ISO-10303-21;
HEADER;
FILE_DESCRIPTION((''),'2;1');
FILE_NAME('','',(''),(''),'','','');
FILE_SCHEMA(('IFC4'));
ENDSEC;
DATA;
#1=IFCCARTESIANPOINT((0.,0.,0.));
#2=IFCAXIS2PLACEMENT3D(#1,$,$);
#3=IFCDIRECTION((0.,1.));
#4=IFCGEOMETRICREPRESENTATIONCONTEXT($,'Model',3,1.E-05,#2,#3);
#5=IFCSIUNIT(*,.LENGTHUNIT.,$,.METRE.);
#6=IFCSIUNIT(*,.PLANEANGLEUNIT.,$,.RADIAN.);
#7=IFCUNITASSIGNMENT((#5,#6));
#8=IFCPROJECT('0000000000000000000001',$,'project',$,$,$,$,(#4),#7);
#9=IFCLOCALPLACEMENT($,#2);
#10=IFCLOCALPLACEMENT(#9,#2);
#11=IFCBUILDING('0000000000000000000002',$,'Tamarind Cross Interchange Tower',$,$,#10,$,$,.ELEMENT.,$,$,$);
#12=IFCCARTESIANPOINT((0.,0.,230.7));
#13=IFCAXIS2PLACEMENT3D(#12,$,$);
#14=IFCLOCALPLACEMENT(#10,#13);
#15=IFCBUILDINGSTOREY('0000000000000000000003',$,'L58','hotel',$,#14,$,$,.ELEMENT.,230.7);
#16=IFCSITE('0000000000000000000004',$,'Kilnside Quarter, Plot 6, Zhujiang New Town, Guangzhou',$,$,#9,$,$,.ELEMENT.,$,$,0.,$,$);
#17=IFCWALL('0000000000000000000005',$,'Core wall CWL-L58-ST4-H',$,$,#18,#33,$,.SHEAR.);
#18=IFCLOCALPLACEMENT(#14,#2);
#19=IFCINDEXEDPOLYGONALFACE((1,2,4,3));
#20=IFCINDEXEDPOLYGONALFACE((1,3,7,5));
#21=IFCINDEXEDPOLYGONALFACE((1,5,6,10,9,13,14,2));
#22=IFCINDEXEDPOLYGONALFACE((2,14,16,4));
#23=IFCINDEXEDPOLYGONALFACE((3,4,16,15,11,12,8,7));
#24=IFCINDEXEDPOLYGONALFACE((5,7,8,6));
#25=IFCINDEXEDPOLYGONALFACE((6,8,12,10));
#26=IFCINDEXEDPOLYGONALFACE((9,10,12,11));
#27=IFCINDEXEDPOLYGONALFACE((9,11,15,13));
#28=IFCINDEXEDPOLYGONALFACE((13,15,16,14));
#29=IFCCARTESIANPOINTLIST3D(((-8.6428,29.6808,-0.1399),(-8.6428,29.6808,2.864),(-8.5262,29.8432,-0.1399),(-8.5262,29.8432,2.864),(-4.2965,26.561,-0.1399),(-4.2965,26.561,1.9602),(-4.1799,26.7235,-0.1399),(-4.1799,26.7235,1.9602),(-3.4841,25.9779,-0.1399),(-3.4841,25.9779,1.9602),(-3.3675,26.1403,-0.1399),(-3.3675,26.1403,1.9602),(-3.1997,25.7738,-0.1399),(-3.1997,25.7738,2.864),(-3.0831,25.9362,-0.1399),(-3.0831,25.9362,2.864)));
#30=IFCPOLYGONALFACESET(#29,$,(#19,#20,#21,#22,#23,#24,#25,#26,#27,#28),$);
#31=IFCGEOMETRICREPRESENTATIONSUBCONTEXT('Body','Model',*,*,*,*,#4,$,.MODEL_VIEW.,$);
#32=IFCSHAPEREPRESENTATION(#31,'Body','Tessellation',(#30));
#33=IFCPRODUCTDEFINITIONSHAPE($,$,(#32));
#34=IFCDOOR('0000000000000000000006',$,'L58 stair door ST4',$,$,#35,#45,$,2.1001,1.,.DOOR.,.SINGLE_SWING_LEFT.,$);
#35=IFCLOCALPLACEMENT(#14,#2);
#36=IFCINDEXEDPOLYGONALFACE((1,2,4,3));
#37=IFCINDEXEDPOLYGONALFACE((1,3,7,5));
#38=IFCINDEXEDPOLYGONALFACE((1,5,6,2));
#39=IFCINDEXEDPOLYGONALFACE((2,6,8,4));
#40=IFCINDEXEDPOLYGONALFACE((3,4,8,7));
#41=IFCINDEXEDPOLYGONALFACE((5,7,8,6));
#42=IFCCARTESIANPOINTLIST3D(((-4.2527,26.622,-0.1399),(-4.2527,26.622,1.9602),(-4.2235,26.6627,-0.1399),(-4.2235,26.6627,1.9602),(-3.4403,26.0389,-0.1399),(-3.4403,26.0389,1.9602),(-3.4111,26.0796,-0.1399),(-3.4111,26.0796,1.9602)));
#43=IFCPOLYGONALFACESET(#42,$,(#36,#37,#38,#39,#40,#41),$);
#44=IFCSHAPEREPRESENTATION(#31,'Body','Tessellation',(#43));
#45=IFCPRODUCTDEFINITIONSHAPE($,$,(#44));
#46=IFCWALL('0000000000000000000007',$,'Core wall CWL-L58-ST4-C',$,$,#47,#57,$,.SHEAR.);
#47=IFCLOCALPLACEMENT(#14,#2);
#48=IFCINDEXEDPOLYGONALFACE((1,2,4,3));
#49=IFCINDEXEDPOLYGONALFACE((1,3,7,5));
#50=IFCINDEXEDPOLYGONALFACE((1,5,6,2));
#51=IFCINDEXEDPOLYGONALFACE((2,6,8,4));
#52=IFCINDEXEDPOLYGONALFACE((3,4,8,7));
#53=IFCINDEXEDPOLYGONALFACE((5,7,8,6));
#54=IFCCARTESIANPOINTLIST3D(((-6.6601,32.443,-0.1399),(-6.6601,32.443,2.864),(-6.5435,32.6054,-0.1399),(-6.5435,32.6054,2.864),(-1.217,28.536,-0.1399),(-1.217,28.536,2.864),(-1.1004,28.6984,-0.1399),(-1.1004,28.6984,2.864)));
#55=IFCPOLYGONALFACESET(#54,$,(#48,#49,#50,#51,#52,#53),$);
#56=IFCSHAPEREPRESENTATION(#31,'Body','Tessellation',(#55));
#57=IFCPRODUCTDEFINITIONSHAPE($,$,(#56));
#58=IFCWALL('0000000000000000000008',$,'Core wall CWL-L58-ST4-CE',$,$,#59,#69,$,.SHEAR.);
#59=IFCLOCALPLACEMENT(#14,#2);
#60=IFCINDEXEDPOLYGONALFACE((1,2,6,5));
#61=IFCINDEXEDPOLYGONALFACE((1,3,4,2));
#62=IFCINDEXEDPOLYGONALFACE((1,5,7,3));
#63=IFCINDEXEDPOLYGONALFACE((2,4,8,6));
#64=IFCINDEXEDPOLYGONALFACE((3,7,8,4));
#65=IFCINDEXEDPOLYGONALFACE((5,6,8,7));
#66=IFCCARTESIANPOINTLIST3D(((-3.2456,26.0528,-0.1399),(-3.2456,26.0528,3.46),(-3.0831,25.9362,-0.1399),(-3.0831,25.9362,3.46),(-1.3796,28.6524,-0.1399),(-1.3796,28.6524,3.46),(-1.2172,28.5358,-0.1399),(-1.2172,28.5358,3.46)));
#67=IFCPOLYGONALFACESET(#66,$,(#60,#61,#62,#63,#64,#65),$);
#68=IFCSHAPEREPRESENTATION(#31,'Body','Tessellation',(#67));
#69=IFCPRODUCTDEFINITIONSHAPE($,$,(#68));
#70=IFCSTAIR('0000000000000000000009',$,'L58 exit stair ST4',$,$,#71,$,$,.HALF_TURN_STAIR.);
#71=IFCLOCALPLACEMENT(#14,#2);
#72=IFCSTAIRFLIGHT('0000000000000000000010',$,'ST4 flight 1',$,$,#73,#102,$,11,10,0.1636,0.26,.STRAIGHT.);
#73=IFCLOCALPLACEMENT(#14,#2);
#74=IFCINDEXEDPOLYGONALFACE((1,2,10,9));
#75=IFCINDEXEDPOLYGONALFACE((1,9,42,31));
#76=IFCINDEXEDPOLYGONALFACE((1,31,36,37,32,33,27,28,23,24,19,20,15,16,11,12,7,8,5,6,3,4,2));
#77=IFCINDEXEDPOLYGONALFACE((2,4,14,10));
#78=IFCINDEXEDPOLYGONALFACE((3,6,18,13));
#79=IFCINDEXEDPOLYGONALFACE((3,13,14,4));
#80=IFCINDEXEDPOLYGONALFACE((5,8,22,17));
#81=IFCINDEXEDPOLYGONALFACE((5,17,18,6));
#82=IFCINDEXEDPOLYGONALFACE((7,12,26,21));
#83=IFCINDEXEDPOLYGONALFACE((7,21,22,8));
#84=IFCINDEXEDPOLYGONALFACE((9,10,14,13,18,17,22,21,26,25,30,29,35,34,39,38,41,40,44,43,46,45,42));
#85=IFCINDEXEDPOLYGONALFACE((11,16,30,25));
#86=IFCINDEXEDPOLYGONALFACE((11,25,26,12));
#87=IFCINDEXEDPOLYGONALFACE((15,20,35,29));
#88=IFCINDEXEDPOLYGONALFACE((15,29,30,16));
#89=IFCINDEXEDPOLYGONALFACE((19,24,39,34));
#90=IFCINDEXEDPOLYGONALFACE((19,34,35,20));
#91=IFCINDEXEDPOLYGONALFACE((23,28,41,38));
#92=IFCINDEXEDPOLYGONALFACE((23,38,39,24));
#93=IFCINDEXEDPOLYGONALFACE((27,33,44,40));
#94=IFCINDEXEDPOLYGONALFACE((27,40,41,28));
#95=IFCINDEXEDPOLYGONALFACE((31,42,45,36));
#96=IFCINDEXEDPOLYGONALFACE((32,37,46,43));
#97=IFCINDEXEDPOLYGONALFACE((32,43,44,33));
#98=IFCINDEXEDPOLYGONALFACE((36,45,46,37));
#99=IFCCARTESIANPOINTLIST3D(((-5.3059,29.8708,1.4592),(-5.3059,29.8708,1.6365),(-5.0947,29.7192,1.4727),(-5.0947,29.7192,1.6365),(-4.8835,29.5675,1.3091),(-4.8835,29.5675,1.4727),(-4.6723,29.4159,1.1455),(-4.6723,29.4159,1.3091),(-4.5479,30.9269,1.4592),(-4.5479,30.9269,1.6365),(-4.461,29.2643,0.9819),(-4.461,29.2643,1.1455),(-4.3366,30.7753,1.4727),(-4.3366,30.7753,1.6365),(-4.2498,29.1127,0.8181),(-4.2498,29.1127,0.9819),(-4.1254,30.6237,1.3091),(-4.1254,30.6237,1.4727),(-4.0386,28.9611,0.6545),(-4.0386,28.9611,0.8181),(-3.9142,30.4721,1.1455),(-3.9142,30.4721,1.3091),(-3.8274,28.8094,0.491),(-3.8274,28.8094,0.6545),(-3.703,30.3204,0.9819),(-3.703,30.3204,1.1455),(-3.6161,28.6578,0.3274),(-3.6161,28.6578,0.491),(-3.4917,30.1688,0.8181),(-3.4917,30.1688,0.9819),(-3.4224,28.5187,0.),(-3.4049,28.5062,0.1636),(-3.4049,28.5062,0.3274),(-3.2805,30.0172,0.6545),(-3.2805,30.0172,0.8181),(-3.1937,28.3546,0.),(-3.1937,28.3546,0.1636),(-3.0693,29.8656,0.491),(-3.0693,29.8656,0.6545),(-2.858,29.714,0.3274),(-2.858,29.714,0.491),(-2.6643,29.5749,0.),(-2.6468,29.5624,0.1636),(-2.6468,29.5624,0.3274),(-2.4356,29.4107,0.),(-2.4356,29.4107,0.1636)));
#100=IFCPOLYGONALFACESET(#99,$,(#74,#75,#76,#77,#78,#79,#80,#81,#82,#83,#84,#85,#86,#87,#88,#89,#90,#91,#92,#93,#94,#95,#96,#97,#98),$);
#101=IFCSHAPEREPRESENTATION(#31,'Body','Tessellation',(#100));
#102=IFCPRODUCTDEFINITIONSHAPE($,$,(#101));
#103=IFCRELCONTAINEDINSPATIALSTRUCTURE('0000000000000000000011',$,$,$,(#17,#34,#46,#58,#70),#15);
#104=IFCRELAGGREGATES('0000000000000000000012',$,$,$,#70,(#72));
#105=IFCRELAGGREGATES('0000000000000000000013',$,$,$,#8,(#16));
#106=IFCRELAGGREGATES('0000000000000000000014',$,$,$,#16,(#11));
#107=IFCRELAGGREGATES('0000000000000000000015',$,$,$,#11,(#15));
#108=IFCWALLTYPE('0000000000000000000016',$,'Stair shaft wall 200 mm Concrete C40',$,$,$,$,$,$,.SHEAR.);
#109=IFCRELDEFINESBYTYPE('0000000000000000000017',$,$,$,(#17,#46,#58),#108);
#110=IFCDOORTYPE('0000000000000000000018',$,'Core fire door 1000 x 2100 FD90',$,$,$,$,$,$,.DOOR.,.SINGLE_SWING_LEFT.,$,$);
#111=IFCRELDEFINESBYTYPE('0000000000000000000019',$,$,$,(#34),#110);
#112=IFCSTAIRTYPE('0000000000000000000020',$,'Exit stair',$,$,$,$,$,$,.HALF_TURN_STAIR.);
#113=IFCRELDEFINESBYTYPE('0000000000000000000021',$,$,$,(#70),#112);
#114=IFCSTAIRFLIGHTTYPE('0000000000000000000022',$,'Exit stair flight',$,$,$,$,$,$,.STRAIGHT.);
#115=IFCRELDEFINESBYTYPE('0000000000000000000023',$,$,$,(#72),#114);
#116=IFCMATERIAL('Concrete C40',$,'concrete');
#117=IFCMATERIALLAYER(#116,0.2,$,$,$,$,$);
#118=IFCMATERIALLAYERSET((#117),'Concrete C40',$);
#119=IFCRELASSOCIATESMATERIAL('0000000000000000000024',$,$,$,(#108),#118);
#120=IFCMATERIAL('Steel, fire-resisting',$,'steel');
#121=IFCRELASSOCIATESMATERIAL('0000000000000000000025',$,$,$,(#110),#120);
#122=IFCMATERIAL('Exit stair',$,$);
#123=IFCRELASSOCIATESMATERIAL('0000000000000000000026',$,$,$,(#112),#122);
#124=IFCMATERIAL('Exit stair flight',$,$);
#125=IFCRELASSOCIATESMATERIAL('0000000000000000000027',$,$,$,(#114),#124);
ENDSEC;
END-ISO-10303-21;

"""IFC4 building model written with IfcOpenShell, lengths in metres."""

from ifc_helpers import new_model, si_unit, direction, frame, frame_2d, origin, place, context, subcontext, project, spatial, polyline, rectangle, outline, extrude, material, layer, layer_set, type_object, element, fill, aggregate, save


model = new_model("IFC4")

# Units and contexts
model_context = context("Model", 3, precision=1e-05, world=origin(), true_north=direction((0.0, 1.0)))
body_context = subcontext(model_context, "Body", "Model", "MODEL_VIEW")
ifc_project = project(units=[si_unit("LENGTHUNIT", "METRE"), si_unit("PLANEANGLEUNIT", "RADIAN")], contexts=[model_context])

# Site, building, storey
site_placement = place(None, origin())
site = spatial("IfcSite", under=ifc_project, at=site_placement, Name="Kilnside Quarter, Plot 6, Zhujiang New Town, Guangzhou", CompositionType="ELEMENT", RefElevation=0.0)
building_placement = place(site_placement, origin())
building = spatial("IfcBuilding", under=site, at=building_placement, Name="Tamarind Cross Interchange Tower", CompositionType="ELEMENT")
storey_placement = place(building_placement, frame((0.0, 0.0, 230.7)))
storey = spatial("IfcBuildingStorey", under=building, at=storey_placement, Name="L58", Description="hotel", CompositionType="ELEMENT", Elevation=230.7)

# Wall, opening, door
ifc_material_1 = material(Name="Concrete C40", Category="concrete")
ifc_layer_1 = layer(ifc_material_1, 0.2)
ifc_layer_set_1 = layer_set([ifc_layer_1], Name="Concrete C40")
wall_type_1 = type_object("IfcWallType", Name="Stair shaft wall 200 mm Concrete C40", PredefinedType="SHEAR", material=ifc_layer_set_1)
wall_1_placement = place(storey_placement, frame((-3.1414, 25.855, -0.1399), z_axis=(0.0, 0.0, 1.0), x_axis=(-0.812387, 0.583119, 0.0)))
wall_1 = element("IfcWall", 1, at=wall_1_placement, inside=storey, type_object=wall_type_1, Name="Core wall CWL-L58-ST4-H", PredefinedType="SHEAR", context=body_context, shape_type="SweptSolid", body=[
    extrude(rectangle(XDim=6.7002, YDim=0.2, at=frame_2d((3.3501, 0.0))), origin(), (0.0, 0.0, 1.0), 3.0039),
])
opening_1_placement = place(wall_1_placement, frame((0.3501, 0.0, 0.0)))
opening_1 = element("IfcOpeningElement", 2, at=opening_1_placement, cuts=wall_1, PredefinedType="OPENING", context=body_context, shape_type="SweptSolid", body=[
    extrude(rectangle(XDim=1.0, YDim=2.1001, at=frame_2d((0.5, 1.05))), frame((0.0, 0.1099, 0.0), z_axis=(0.0, -1.0, 0.0), x_axis=(1.0, 0.0, 0.0)), (0.0, 0.0, 1.0), 0.22),
])
ifc_material_2 = material(Name="Steel, fire-resisting", Category="steel")
door_type_1 = type_object("IfcDoorType", Name="Core fire door 1000 x 2100 FD90", OperationType="SINGLE_SWING_LEFT", PredefinedType="DOOR", material=ifc_material_2)
door_1_placement = place(opening_1_placement, origin())
door_1 = element("IfcDoor", 3, at=door_1_placement, inside=storey, type_object=door_type_1, Name="L58 stair door ST4", OperationType="SINGLE_SWING_LEFT", OverallHeight=2.1001, OverallWidth=1.0, PredefinedType="DOOR", context=body_context, shape_type="SweptSolid", body=[
    extrude(rectangle(XDim=1.0, YDim=2.1001, at=frame_2d((0.5, 1.05))), frame((0.0, 0.0249, 0.0), z_axis=(0.0, -1.0, 0.0), x_axis=(1.0, 0.0, 0.0)), (0.0, 0.0, 1.0), 0.05),
])
fill(opening_1, door_1)

# Walls
wall_2_placement = place(storey_placement, frame((-1.1587, 28.6172, -0.1399), z_axis=(0.0, 0.0, 1.0), x_axis=(-0.812387, 0.583119, 0.0)))
element("IfcWall", 4, at=wall_2_placement, inside=storey, type_object=wall_type_1, Name="Core wall CWL-L58-ST4-C", PredefinedType="SHEAR", context=body_context, shape_type="SweptSolid", body=[
    extrude(rectangle(XDim=6.7002, YDim=0.2, at=frame_2d((3.3501, 0.0))), origin(), (0.0, 0.0, 1.0), 3.0039),
])
wall_3_placement = place(storey_placement, frame((-1.2983, 28.5942, -0.1399), z_axis=(0.0, 0.0, 1.0), x_axis=(-0.58312, -0.812386, 0.0)))
element("IfcWall", 5, at=wall_3_placement, inside=storey, type_object=wall_type_1, Name="Core wall CWL-L58-ST4-CE", PredefinedType="SHEAR", context=body_context, shape_type="SweptSolid", body=[
    extrude(rectangle(XDim=3.2, YDim=0.2, at=frame_2d((1.6001, 0.0))), origin(), (0.0, 0.0, 1.0), 3.5999),
])

# Stair, stair flight
ifc_material_3 = material(Name="Exit stair")
stair_type = type_object("IfcStairType", Name="Exit stair", PredefinedType="HALF_TURN_STAIR", material=ifc_material_3)
stair_placement = place(storey_placement, origin())
stair = element("IfcStair", 6, at=stair_placement, inside=storey, type_object=stair_type, Name="L58 exit stair ST4", PredefinedType="HALF_TURN_STAIR")
ifc_material_4 = material(Name="Exit stair flight")
stair_flight_type = type_object("IfcStairFlightType", Name="Exit stair flight", PredefinedType="STRAIGHT", material=ifc_material_4)
stair_flight_placement = place(storey_placement, frame((-2.8147, 28.8826, 0.0), z_axis=(0.0, 0.0, 1.0), x_axis=(-0.812385, 0.583122, 0.0)))
stair_flight = element("IfcStairFlight", 7, at=stair_flight_placement, type_object=stair_flight_type, Name="ST4 flight 1", NumberOfRisers=11, NumberOfTreads=10, PredefinedType="STRAIGHT", RiserHeight=0.1636, TreadLength=0.26, context=body_context, shape_type="SweptSolid", body=[
    extrude(outline(polyline([(0.0, 0.0), (0.0, 0.1636), (0.26, 0.1636), (0.26, 0.3274), (0.52, 0.3274), (0.52, 0.491), (0.78, 0.491), (0.78, 0.6545), (1.04, 0.6545), (1.04, 0.8181), (1.3, 0.8181), (1.3, 0.9819), (1.5601, 0.9819), (1.5601, 1.1455), (1.8201, 1.1455), (1.8201, 1.3091), (2.0801, 1.3091), (2.0801, 1.4727), (2.3401, 1.4727), (2.3401, 1.6365), (2.6001, 1.6365), (2.6001, 1.8), (2.6001, 1.4592), (0.2815, 0.0), (0.0, 0.0)])), frame((0.0, 0.6499, 0.0), z_axis=(0.0, -1.0, 0.0), x_axis=(1.0, 0.0, 0.0)), (0.0, 0.0, 1.0), 1.3),
])
aggregate(stair, [stair_flight])

save(model, "model.ifc")
